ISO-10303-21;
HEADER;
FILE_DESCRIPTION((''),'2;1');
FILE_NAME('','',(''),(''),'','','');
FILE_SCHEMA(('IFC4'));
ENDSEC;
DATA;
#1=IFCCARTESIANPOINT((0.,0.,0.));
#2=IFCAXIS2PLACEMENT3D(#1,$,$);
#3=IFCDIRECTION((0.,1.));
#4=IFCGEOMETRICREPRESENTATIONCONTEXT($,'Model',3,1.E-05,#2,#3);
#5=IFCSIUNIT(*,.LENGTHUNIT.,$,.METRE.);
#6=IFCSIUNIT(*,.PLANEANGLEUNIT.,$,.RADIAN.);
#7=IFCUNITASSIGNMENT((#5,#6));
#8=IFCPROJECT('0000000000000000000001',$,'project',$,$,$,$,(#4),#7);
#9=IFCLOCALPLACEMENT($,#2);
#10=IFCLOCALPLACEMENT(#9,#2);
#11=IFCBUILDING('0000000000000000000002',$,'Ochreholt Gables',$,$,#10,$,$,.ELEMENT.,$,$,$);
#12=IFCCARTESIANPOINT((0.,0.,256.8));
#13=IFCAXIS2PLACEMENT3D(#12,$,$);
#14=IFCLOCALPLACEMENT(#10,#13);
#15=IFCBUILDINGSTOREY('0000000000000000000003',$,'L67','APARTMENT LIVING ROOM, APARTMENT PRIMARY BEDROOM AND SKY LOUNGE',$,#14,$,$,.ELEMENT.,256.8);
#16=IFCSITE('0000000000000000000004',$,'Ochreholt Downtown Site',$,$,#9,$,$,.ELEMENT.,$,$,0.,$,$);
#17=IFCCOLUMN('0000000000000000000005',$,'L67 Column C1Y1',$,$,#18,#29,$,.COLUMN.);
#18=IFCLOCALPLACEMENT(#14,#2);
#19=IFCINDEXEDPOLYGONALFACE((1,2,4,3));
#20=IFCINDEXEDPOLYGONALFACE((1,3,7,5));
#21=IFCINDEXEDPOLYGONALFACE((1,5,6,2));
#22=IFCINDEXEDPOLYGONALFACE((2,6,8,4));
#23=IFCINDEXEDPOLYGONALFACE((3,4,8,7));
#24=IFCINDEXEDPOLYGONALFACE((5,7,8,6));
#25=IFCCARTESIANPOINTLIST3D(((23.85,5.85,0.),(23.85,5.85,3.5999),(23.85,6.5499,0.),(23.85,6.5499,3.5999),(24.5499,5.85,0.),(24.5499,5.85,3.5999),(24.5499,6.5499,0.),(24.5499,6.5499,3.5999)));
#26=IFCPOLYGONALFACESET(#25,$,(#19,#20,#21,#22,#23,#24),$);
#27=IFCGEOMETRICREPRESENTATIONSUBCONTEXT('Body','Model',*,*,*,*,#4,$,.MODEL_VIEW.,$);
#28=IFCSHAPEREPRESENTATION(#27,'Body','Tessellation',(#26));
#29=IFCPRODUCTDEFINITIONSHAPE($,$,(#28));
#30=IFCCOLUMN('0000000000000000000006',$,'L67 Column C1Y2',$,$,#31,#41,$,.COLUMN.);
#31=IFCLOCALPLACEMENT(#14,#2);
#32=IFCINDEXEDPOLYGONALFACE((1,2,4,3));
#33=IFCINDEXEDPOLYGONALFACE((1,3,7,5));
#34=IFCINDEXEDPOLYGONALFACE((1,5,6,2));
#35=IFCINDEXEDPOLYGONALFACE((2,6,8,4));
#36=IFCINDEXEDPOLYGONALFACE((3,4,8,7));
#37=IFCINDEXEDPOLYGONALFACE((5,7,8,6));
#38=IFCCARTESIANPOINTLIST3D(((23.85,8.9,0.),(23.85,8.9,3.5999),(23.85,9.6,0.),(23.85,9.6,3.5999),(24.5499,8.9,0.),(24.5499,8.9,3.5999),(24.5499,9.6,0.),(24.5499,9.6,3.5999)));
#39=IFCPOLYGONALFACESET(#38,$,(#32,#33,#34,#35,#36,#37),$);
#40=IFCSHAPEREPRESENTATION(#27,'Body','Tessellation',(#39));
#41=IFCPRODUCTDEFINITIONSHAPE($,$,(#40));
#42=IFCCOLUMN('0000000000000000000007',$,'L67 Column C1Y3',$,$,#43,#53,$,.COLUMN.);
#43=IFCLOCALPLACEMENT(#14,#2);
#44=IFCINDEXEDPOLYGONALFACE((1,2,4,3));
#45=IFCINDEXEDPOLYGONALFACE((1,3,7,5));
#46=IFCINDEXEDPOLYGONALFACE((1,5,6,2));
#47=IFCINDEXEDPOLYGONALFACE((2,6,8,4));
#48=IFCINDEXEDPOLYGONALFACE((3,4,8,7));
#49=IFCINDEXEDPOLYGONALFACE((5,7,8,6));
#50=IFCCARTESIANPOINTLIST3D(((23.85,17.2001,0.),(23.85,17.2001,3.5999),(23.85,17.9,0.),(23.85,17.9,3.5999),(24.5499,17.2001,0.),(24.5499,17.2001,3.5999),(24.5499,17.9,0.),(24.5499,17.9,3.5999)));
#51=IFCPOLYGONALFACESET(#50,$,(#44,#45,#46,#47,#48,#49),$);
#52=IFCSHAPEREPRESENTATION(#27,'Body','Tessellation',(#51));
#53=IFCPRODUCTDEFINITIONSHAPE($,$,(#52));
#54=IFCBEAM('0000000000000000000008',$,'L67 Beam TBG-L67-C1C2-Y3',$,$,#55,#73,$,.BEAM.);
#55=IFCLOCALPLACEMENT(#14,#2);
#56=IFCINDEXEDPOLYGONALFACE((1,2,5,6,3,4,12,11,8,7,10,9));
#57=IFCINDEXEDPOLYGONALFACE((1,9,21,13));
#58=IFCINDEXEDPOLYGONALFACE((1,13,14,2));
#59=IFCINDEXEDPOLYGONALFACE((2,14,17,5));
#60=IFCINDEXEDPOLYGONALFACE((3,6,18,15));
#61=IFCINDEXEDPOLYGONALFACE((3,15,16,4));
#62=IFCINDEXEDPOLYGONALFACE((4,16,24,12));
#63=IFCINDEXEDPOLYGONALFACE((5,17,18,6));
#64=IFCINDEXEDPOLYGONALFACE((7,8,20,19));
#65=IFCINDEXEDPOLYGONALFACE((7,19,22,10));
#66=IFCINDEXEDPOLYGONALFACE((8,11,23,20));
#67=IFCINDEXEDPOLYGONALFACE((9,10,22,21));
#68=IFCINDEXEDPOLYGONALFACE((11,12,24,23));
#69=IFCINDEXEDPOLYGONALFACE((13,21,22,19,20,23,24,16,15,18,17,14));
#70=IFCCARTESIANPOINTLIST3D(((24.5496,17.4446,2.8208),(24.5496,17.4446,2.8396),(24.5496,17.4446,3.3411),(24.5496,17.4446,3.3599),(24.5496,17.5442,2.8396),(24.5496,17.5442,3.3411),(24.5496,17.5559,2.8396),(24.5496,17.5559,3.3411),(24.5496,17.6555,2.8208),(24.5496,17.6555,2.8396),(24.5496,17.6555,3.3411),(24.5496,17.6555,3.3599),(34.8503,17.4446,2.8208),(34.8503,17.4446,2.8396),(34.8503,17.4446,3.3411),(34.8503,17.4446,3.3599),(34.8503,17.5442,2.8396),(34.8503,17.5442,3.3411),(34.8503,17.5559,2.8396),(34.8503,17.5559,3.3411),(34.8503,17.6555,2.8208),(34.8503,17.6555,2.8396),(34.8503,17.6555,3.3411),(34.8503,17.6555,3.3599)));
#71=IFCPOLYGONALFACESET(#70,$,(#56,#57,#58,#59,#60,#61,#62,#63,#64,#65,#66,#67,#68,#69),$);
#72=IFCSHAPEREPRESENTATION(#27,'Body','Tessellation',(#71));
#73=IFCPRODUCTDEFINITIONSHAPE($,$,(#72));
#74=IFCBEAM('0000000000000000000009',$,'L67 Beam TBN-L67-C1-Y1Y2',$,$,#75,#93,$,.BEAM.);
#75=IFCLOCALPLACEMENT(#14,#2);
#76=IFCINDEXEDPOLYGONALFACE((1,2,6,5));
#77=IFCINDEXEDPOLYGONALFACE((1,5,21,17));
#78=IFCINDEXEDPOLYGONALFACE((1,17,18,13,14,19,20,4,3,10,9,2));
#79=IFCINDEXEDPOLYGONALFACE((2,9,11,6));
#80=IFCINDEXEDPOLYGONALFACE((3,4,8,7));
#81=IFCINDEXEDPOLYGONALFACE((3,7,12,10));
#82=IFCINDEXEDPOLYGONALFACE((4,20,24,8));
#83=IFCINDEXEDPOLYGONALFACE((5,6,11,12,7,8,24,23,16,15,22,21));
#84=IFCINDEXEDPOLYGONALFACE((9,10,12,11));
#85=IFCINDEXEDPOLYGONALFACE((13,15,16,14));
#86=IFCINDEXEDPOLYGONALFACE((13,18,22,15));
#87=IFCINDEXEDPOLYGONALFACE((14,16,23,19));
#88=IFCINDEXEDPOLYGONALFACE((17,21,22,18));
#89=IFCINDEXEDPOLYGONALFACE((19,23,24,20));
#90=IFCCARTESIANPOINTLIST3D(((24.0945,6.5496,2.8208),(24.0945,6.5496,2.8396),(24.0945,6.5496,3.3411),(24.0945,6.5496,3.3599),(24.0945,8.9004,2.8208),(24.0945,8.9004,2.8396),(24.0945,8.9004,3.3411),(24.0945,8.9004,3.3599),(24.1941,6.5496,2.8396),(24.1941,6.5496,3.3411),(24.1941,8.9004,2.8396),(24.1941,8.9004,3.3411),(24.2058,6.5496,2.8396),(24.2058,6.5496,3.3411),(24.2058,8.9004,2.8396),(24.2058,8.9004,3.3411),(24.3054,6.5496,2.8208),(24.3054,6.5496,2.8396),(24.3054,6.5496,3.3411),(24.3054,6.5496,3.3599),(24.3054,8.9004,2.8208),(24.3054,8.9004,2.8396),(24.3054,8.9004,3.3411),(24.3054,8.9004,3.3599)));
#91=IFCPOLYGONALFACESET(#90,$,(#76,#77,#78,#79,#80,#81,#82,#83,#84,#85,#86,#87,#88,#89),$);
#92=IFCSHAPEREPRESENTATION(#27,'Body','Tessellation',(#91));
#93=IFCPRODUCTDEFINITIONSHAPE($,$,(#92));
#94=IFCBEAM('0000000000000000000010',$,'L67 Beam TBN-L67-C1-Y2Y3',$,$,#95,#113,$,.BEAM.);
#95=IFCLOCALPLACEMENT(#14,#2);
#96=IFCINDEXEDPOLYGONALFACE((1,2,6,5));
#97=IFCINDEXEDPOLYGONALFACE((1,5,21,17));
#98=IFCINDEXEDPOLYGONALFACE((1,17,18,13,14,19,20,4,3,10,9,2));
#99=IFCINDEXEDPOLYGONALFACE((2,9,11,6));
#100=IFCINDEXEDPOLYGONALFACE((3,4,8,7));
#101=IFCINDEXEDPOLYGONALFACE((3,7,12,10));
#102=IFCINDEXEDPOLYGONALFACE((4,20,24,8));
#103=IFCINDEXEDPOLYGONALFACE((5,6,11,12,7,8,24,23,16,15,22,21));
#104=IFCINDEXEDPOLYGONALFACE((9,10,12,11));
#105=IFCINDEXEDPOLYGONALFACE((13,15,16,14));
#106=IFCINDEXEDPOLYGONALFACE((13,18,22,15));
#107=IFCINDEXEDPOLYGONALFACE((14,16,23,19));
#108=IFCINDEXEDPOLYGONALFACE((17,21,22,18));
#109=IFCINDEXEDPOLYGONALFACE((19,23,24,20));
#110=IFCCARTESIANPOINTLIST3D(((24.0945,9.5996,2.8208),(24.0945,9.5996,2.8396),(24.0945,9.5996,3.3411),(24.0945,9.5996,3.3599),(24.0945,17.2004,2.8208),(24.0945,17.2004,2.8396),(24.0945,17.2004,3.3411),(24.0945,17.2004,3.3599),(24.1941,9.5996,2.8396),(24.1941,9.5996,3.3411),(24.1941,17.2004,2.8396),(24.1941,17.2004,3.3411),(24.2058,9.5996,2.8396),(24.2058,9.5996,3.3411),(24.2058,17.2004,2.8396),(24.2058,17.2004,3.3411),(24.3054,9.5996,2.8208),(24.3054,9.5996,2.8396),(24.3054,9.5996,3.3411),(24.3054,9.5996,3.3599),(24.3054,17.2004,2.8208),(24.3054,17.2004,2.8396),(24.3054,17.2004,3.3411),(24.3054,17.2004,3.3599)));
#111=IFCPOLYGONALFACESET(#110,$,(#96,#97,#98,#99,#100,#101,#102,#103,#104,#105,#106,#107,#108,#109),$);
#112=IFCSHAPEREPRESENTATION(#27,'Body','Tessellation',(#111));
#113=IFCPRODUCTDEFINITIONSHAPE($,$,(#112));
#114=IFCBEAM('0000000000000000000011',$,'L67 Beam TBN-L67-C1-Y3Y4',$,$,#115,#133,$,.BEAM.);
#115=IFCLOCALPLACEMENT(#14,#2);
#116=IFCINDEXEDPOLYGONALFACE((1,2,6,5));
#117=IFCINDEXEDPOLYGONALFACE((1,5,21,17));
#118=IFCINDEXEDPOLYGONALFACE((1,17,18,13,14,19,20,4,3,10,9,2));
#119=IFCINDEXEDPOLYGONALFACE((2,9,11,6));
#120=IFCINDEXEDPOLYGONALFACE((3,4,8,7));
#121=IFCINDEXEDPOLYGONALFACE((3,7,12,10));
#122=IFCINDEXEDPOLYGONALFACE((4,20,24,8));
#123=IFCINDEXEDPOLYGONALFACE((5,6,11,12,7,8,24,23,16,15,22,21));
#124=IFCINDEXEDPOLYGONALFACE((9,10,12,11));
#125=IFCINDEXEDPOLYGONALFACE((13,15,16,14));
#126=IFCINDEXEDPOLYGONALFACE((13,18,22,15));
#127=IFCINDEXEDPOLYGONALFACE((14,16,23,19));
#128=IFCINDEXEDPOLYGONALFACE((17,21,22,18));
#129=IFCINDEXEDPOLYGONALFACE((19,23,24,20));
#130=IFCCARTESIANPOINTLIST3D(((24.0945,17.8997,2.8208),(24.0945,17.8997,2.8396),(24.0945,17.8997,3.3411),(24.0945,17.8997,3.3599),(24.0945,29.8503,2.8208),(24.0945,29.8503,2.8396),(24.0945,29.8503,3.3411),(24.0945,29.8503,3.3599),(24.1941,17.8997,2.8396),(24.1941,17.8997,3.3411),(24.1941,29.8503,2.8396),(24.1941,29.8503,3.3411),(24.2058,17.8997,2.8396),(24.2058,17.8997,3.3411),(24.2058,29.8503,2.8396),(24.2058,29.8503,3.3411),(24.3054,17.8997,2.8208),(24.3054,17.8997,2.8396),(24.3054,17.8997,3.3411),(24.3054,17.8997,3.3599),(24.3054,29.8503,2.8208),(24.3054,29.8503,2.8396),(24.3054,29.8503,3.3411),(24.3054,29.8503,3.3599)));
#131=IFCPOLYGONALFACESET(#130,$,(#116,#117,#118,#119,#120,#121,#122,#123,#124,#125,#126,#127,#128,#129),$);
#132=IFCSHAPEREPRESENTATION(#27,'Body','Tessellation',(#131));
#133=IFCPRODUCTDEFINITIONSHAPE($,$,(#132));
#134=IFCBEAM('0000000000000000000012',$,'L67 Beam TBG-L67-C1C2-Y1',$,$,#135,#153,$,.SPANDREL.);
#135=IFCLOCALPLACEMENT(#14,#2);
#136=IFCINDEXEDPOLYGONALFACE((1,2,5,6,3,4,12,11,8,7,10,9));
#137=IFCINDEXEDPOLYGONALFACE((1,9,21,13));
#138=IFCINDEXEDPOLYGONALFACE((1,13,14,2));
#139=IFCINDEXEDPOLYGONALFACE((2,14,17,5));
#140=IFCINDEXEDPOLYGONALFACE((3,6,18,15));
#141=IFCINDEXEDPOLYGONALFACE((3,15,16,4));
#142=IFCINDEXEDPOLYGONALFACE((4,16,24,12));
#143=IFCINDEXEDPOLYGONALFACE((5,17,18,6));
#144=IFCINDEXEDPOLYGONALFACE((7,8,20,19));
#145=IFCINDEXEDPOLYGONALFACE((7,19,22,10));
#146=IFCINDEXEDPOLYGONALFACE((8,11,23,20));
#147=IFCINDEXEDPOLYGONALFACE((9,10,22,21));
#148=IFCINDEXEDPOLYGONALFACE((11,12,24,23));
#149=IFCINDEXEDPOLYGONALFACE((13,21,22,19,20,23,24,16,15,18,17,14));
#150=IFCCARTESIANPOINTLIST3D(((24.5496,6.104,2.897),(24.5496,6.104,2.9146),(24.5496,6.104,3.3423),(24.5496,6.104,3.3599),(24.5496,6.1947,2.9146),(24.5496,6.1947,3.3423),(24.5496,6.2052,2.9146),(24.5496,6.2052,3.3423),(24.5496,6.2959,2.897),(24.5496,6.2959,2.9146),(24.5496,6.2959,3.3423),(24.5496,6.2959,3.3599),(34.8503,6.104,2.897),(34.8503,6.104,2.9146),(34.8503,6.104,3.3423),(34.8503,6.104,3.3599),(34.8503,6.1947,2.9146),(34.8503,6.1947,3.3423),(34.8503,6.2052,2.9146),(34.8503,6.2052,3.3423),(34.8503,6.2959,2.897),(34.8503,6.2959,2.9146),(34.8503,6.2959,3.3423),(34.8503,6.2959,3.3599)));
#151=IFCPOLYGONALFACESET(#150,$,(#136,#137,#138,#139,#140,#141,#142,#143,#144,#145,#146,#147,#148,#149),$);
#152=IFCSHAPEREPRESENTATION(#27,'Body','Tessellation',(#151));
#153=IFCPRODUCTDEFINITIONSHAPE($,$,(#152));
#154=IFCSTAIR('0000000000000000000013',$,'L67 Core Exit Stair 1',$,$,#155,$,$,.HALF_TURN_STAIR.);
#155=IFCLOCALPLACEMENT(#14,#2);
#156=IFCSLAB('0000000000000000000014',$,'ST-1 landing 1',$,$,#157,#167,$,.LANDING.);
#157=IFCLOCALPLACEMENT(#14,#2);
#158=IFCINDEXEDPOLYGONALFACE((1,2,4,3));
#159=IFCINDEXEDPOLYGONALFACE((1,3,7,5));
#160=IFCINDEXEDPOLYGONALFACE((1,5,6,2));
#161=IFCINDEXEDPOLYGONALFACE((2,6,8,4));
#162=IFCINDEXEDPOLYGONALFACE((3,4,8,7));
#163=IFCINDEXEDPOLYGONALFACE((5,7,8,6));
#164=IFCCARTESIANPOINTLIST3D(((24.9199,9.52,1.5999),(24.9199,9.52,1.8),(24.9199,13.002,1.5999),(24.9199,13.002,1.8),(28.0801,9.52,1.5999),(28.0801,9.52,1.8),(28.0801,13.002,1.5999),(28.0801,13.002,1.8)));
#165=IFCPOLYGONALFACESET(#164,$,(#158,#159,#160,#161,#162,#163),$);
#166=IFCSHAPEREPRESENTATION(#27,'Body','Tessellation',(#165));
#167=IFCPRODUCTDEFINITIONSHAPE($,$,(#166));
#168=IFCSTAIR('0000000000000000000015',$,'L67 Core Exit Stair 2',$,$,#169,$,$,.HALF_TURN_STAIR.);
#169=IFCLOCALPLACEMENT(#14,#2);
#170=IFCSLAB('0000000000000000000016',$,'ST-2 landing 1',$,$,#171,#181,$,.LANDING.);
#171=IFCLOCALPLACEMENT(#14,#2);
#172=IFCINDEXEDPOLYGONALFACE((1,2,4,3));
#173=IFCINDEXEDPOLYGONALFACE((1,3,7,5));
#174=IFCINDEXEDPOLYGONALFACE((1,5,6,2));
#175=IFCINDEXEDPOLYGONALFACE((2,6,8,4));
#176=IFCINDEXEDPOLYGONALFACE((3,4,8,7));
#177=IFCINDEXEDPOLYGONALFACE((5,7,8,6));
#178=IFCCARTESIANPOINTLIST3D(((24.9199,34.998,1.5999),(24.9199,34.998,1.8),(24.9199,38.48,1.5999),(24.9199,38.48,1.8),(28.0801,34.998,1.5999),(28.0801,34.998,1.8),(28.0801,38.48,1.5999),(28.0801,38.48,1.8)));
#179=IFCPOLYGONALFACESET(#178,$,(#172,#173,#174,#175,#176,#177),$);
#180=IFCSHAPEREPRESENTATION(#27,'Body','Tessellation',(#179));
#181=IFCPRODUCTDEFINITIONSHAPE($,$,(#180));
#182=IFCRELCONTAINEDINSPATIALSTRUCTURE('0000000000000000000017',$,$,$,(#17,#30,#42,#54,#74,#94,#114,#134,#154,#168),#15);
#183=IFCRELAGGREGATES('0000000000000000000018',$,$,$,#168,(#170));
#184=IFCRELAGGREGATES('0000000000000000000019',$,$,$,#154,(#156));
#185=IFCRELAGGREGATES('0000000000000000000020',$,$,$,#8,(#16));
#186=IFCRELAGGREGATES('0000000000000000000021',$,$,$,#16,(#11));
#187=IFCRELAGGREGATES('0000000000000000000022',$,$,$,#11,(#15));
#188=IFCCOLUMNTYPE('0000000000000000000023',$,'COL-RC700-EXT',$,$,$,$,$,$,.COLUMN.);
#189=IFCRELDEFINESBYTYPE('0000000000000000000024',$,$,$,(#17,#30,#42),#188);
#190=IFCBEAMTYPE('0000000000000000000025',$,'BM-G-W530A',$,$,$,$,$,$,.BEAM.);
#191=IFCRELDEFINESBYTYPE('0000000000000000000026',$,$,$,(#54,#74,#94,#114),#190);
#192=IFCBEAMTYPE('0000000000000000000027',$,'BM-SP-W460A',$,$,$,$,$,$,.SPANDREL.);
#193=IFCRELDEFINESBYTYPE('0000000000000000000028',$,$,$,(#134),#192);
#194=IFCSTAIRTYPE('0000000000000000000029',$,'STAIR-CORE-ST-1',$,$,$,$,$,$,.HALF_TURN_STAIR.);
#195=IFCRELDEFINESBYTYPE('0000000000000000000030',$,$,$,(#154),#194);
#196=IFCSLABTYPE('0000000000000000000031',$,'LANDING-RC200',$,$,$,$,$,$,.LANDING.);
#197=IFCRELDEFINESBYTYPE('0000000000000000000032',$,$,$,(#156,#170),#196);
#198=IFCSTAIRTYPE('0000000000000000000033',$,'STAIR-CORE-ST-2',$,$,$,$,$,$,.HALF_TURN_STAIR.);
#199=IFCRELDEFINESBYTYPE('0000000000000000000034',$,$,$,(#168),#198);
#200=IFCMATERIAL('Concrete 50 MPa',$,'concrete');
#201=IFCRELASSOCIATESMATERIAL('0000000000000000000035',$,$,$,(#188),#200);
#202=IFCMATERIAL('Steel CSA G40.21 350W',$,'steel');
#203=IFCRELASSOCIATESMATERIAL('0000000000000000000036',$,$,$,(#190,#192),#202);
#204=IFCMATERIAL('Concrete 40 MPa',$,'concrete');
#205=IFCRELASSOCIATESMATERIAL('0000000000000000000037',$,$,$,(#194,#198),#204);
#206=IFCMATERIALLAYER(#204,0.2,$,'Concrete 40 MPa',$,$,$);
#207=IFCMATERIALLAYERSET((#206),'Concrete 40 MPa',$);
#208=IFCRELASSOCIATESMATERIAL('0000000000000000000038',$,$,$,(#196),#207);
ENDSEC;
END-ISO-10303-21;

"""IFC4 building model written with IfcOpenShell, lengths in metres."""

from ifc_helpers import new_model, si_unit, direction, frame, origin, origin_2d, place, context, subcontext, project, spatial, polyline, rectangle, i_section, outline, extrude, material, layer, layer_set, material_profile, profile_set, type_object, element, aggregate, save


model = new_model("IFC4")

# Units and contexts
model_context = context("Model", 3, precision=1e-05, world=origin(), true_north=direction((0.0, 1.0)))
body_context = subcontext(model_context, "Body", "Model", "MODEL_VIEW")
ifc_project = project(units=[si_unit("LENGTHUNIT", "METRE"), si_unit("PLANEANGLEUNIT", "RADIAN")], contexts=[model_context])

# Site, building, storey
site_placement = place(None, origin())
site = spatial("IfcSite", under=ifc_project, at=site_placement, Name="Ochreholt Downtown Site", CompositionType="ELEMENT", RefElevation=0.0)
building_placement = place(site_placement, origin())
building = spatial("IfcBuilding", under=site, at=building_placement, Name="Ochreholt Gables", CompositionType="ELEMENT")
storey_placement = place(building_placement, frame((0.0, 0.0, 256.8)))
storey = spatial("IfcBuildingStorey", under=building, at=storey_placement, Name="L67", Description="APARTMENT LIVING ROOM, APARTMENT PRIMARY BEDROOM AND SKY LOUNGE", CompositionType="ELEMENT", Elevation=256.8)

# Columns
ifc_material_1 = material(Name="Concrete 50 MPa", Category="concrete")
ifc_material_profile_1 = material_profile(ifc_material_1, rectangle(XDim=0.7, YDim=0.7, at=origin_2d()), Name="RC700X700")
ifc_profile_set_1 = profile_set([ifc_material_profile_1], Name="Concrete 50 MPa")
column_type = type_object("IfcColumnType", Name="COL-RC700-EXT", PredefinedType="COLUMN", material=ifc_profile_set_1)
for number, where, z_axis, x_axis, name in (
    (1, (24.2, 6.2, 0.0), (0.0, 0.0, 1.0), (1.0, 0.0, 0.0), "L67 Column C1Y1"),
    (2, (24.2, 9.25, 0.0), (0.0, 0.0, 1.0), (1.0, 0.0, 0.0), "L67 Column C1Y2"),
    (3, (24.2, 17.55, 0.0), (0.0, 0.0, 1.0), (1.0, 0.0, 0.0), "L67 Column C1Y3"),
):
    element("IfcColumn", number, at=place(storey_placement, frame(where, z_axis=z_axis, x_axis=x_axis)), inside=storey, type_object=column_type, Name=name, PredefinedType="COLUMN", context=body_context, shape_type="SweptSolid", body=[
        extrude(rectangle(XDim=0.7, YDim=0.7, at=origin_2d()), origin(), (0.0, 0.0, 1.0), 3.5999),
    ])

# Beams
ifc_material_2 = material(Name="Steel CSA G40.21 350W", Category="steel")
ifc_material_profile_2 = material_profile(ifc_material_2, i_section(OverallWidth=0.2109, OverallDepth=0.5391, WebThickness=0.0117, FlangeThickness=0.0188, at=origin_2d()), Name="W530X109")
ifc_profile_set_2 = profile_set([ifc_material_profile_2], Name="Steel CSA G40.21 350W")
beam_type_1 = type_object("IfcBeamType", Name="BM-G-W530A", PredefinedType="BEAM", material=ifc_profile_set_2)
beam_1_placement = place(storey_placement, frame((24.5496, 17.55, 3.0903), z_axis=(1.0, 0.0, 0.0), x_axis=(0.0, 1.0, 0.0)))
element("IfcBeam", 4, at=beam_1_placement, inside=storey, type_object=beam_type_1, Name="L67 Beam TBG-L67-C1C2-Y3", PredefinedType="BEAM", context=body_context, shape_type="SweptSolid", body=[
    extrude(i_section(OverallWidth=0.2109, OverallDepth=0.5391, WebThickness=0.0117, FlangeThickness=0.0188, at=origin_2d()), origin(), (0.0, 0.0, 1.0), 10.3008),
])
beam_2_placement = place(storey_placement, frame((24.2, 6.5496, 3.0903), z_axis=(0.0, 1.0, 0.0), x_axis=(-1.0, 0.0, 0.0)))
element("IfcBeam", 5, at=beam_2_placement, inside=storey, type_object=beam_type_1, Name="L67 Beam TBN-L67-C1-Y1Y2", PredefinedType="BEAM", context=body_context, shape_type="SweptSolid", body=[
    extrude(i_section(OverallWidth=0.2109, OverallDepth=0.5391, WebThickness=0.0117, FlangeThickness=0.0188, at=origin_2d()), origin(), (0.0, 0.0, 1.0), 2.3508),
])
beam_3_placement = place(storey_placement, frame((24.2, 9.5996, 3.0903), z_axis=(0.0, 1.0, 0.0), x_axis=(-1.0, 0.0, 0.0)))
element("IfcBeam", 6, at=beam_3_placement, inside=storey, type_object=beam_type_1, Name="L67 Beam TBN-L67-C1-Y2Y3", PredefinedType="BEAM", context=body_context, shape_type="SweptSolid", body=[
    extrude(i_section(OverallWidth=0.2109, OverallDepth=0.5391, WebThickness=0.0117, FlangeThickness=0.0188, at=origin_2d()), origin(), (0.0, 0.0, 1.0), 7.6008),
])
beam_4_placement = place(storey_placement, frame((24.2, 17.8997, 3.0903), z_axis=(0.0, 1.0, 0.0), x_axis=(-1.0, 0.0, 0.0)))
element("IfcBeam", 7, at=beam_4_placement, inside=storey, type_object=beam_type_1, Name="L67 Beam TBN-L67-C1-Y3Y4", PredefinedType="BEAM", context=body_context, shape_type="SweptSolid", body=[
    extrude(i_section(OverallWidth=0.2109, OverallDepth=0.5391, WebThickness=0.0117, FlangeThickness=0.0188, at=origin_2d()), origin(), (0.0, 0.0, 1.0), 11.9507),
])
ifc_material_profile_3 = material_profile(ifc_material_2, i_section(OverallWidth=0.1919, OverallDepth=0.4629, WebThickness=0.0105, FlangeThickness=0.0176, at=origin_2d()), Name="W460X89")
ifc_profile_set_3 = profile_set([ifc_material_profile_3], Name="Steel CSA G40.21 350W")
beam_type_2 = type_object("IfcBeamType", Name="BM-SP-W460A", PredefinedType="SPANDREL", material=ifc_profile_set_3)
beam_5_placement = place(storey_placement, frame((24.5496, 6.2, 3.1284), z_axis=(1.0, 0.0, 0.0), x_axis=(0.0, 1.0, 0.0)))
element("IfcBeam", 8, at=beam_5_placement, inside=storey, type_object=beam_type_2, Name="L67 Beam TBG-L67-C1C2-Y1", PredefinedType="SPANDREL", context=body_context, shape_type="SweptSolid", body=[
    extrude(i_section(OverallWidth=0.1919, OverallDepth=0.4629, WebThickness=0.0105, FlangeThickness=0.0176, at=origin_2d()), origin(), (0.0, 0.0, 1.0), 10.3008),
])

# Stairs, slabs
ifc_material_3 = material(Name="Concrete 40 MPa", Category="concrete")
stair_type_1 = type_object("IfcStairType", Name="STAIR-CORE-ST-1", PredefinedType="HALF_TURN_STAIR", material=ifc_material_3)
stair_1_placement = place(storey_placement, origin())
stair_1 = element("IfcStair", 9, at=stair_1_placement, inside=storey, type_object=stair_type_1, Name="L67 Core Exit Stair 1", PredefinedType="HALF_TURN_STAIR")
ifc_layer_1 = layer(ifc_material_3, 0.2, Name="Concrete 40 MPa")
ifc_layer_set_1 = layer_set([ifc_layer_1], Name="Concrete 40 MPa")
slab_type_1 = type_object("IfcSlabType", Name="LANDING-RC200", PredefinedType="LANDING", material=ifc_layer_set_1)
slab_1_placement = place(storey_placement, frame((0.0, 0.0, 1.5999)))
slab_1 = element("IfcSlab", 10, at=slab_1_placement, type_object=slab_type_1, Name="ST-1 landing 1", PredefinedType="LANDING", context=body_context, shape_type="SweptSolid", body=[
    extrude(outline(polyline([(24.9199, 13.002), (24.9199, 9.52), (28.0801, 9.52), (28.0801, 13.002), (24.9199, 13.002)])), origin(), (0.0, 0.0, 1.0), 0.2002),
])
stair_type_2 = type_object("IfcStairType", Name="STAIR-CORE-ST-2", PredefinedType="HALF_TURN_STAIR", material=ifc_material_3)
stair_2_placement = place(storey_placement, origin())
stair_2 = element("IfcStair", 11, at=stair_2_placement, inside=storey, type_object=stair_type_2, Name="L67 Core Exit Stair 2", PredefinedType="HALF_TURN_STAIR")
slab_2_placement = place(storey_placement, frame((0.0, 0.0, 1.5999)))
slab_2 = element("IfcSlab", 12, at=slab_2_placement, type_object=slab_type_1, Name="ST-2 landing 1", PredefinedType="LANDING", context=body_context, shape_type="SweptSolid", body=[
    extrude(outline(polyline([(28.0801, 34.998), (28.0801, 38.48), (24.9199, 38.48), (24.9199, 34.998), (28.0801, 34.998)])), origin(), (0.0, 0.0, 1.0), 0.2002),
])
aggregate(stair_2, [slab_2])

aggregate(stair_1, [slab_1])

save(model, "model.ifc")
